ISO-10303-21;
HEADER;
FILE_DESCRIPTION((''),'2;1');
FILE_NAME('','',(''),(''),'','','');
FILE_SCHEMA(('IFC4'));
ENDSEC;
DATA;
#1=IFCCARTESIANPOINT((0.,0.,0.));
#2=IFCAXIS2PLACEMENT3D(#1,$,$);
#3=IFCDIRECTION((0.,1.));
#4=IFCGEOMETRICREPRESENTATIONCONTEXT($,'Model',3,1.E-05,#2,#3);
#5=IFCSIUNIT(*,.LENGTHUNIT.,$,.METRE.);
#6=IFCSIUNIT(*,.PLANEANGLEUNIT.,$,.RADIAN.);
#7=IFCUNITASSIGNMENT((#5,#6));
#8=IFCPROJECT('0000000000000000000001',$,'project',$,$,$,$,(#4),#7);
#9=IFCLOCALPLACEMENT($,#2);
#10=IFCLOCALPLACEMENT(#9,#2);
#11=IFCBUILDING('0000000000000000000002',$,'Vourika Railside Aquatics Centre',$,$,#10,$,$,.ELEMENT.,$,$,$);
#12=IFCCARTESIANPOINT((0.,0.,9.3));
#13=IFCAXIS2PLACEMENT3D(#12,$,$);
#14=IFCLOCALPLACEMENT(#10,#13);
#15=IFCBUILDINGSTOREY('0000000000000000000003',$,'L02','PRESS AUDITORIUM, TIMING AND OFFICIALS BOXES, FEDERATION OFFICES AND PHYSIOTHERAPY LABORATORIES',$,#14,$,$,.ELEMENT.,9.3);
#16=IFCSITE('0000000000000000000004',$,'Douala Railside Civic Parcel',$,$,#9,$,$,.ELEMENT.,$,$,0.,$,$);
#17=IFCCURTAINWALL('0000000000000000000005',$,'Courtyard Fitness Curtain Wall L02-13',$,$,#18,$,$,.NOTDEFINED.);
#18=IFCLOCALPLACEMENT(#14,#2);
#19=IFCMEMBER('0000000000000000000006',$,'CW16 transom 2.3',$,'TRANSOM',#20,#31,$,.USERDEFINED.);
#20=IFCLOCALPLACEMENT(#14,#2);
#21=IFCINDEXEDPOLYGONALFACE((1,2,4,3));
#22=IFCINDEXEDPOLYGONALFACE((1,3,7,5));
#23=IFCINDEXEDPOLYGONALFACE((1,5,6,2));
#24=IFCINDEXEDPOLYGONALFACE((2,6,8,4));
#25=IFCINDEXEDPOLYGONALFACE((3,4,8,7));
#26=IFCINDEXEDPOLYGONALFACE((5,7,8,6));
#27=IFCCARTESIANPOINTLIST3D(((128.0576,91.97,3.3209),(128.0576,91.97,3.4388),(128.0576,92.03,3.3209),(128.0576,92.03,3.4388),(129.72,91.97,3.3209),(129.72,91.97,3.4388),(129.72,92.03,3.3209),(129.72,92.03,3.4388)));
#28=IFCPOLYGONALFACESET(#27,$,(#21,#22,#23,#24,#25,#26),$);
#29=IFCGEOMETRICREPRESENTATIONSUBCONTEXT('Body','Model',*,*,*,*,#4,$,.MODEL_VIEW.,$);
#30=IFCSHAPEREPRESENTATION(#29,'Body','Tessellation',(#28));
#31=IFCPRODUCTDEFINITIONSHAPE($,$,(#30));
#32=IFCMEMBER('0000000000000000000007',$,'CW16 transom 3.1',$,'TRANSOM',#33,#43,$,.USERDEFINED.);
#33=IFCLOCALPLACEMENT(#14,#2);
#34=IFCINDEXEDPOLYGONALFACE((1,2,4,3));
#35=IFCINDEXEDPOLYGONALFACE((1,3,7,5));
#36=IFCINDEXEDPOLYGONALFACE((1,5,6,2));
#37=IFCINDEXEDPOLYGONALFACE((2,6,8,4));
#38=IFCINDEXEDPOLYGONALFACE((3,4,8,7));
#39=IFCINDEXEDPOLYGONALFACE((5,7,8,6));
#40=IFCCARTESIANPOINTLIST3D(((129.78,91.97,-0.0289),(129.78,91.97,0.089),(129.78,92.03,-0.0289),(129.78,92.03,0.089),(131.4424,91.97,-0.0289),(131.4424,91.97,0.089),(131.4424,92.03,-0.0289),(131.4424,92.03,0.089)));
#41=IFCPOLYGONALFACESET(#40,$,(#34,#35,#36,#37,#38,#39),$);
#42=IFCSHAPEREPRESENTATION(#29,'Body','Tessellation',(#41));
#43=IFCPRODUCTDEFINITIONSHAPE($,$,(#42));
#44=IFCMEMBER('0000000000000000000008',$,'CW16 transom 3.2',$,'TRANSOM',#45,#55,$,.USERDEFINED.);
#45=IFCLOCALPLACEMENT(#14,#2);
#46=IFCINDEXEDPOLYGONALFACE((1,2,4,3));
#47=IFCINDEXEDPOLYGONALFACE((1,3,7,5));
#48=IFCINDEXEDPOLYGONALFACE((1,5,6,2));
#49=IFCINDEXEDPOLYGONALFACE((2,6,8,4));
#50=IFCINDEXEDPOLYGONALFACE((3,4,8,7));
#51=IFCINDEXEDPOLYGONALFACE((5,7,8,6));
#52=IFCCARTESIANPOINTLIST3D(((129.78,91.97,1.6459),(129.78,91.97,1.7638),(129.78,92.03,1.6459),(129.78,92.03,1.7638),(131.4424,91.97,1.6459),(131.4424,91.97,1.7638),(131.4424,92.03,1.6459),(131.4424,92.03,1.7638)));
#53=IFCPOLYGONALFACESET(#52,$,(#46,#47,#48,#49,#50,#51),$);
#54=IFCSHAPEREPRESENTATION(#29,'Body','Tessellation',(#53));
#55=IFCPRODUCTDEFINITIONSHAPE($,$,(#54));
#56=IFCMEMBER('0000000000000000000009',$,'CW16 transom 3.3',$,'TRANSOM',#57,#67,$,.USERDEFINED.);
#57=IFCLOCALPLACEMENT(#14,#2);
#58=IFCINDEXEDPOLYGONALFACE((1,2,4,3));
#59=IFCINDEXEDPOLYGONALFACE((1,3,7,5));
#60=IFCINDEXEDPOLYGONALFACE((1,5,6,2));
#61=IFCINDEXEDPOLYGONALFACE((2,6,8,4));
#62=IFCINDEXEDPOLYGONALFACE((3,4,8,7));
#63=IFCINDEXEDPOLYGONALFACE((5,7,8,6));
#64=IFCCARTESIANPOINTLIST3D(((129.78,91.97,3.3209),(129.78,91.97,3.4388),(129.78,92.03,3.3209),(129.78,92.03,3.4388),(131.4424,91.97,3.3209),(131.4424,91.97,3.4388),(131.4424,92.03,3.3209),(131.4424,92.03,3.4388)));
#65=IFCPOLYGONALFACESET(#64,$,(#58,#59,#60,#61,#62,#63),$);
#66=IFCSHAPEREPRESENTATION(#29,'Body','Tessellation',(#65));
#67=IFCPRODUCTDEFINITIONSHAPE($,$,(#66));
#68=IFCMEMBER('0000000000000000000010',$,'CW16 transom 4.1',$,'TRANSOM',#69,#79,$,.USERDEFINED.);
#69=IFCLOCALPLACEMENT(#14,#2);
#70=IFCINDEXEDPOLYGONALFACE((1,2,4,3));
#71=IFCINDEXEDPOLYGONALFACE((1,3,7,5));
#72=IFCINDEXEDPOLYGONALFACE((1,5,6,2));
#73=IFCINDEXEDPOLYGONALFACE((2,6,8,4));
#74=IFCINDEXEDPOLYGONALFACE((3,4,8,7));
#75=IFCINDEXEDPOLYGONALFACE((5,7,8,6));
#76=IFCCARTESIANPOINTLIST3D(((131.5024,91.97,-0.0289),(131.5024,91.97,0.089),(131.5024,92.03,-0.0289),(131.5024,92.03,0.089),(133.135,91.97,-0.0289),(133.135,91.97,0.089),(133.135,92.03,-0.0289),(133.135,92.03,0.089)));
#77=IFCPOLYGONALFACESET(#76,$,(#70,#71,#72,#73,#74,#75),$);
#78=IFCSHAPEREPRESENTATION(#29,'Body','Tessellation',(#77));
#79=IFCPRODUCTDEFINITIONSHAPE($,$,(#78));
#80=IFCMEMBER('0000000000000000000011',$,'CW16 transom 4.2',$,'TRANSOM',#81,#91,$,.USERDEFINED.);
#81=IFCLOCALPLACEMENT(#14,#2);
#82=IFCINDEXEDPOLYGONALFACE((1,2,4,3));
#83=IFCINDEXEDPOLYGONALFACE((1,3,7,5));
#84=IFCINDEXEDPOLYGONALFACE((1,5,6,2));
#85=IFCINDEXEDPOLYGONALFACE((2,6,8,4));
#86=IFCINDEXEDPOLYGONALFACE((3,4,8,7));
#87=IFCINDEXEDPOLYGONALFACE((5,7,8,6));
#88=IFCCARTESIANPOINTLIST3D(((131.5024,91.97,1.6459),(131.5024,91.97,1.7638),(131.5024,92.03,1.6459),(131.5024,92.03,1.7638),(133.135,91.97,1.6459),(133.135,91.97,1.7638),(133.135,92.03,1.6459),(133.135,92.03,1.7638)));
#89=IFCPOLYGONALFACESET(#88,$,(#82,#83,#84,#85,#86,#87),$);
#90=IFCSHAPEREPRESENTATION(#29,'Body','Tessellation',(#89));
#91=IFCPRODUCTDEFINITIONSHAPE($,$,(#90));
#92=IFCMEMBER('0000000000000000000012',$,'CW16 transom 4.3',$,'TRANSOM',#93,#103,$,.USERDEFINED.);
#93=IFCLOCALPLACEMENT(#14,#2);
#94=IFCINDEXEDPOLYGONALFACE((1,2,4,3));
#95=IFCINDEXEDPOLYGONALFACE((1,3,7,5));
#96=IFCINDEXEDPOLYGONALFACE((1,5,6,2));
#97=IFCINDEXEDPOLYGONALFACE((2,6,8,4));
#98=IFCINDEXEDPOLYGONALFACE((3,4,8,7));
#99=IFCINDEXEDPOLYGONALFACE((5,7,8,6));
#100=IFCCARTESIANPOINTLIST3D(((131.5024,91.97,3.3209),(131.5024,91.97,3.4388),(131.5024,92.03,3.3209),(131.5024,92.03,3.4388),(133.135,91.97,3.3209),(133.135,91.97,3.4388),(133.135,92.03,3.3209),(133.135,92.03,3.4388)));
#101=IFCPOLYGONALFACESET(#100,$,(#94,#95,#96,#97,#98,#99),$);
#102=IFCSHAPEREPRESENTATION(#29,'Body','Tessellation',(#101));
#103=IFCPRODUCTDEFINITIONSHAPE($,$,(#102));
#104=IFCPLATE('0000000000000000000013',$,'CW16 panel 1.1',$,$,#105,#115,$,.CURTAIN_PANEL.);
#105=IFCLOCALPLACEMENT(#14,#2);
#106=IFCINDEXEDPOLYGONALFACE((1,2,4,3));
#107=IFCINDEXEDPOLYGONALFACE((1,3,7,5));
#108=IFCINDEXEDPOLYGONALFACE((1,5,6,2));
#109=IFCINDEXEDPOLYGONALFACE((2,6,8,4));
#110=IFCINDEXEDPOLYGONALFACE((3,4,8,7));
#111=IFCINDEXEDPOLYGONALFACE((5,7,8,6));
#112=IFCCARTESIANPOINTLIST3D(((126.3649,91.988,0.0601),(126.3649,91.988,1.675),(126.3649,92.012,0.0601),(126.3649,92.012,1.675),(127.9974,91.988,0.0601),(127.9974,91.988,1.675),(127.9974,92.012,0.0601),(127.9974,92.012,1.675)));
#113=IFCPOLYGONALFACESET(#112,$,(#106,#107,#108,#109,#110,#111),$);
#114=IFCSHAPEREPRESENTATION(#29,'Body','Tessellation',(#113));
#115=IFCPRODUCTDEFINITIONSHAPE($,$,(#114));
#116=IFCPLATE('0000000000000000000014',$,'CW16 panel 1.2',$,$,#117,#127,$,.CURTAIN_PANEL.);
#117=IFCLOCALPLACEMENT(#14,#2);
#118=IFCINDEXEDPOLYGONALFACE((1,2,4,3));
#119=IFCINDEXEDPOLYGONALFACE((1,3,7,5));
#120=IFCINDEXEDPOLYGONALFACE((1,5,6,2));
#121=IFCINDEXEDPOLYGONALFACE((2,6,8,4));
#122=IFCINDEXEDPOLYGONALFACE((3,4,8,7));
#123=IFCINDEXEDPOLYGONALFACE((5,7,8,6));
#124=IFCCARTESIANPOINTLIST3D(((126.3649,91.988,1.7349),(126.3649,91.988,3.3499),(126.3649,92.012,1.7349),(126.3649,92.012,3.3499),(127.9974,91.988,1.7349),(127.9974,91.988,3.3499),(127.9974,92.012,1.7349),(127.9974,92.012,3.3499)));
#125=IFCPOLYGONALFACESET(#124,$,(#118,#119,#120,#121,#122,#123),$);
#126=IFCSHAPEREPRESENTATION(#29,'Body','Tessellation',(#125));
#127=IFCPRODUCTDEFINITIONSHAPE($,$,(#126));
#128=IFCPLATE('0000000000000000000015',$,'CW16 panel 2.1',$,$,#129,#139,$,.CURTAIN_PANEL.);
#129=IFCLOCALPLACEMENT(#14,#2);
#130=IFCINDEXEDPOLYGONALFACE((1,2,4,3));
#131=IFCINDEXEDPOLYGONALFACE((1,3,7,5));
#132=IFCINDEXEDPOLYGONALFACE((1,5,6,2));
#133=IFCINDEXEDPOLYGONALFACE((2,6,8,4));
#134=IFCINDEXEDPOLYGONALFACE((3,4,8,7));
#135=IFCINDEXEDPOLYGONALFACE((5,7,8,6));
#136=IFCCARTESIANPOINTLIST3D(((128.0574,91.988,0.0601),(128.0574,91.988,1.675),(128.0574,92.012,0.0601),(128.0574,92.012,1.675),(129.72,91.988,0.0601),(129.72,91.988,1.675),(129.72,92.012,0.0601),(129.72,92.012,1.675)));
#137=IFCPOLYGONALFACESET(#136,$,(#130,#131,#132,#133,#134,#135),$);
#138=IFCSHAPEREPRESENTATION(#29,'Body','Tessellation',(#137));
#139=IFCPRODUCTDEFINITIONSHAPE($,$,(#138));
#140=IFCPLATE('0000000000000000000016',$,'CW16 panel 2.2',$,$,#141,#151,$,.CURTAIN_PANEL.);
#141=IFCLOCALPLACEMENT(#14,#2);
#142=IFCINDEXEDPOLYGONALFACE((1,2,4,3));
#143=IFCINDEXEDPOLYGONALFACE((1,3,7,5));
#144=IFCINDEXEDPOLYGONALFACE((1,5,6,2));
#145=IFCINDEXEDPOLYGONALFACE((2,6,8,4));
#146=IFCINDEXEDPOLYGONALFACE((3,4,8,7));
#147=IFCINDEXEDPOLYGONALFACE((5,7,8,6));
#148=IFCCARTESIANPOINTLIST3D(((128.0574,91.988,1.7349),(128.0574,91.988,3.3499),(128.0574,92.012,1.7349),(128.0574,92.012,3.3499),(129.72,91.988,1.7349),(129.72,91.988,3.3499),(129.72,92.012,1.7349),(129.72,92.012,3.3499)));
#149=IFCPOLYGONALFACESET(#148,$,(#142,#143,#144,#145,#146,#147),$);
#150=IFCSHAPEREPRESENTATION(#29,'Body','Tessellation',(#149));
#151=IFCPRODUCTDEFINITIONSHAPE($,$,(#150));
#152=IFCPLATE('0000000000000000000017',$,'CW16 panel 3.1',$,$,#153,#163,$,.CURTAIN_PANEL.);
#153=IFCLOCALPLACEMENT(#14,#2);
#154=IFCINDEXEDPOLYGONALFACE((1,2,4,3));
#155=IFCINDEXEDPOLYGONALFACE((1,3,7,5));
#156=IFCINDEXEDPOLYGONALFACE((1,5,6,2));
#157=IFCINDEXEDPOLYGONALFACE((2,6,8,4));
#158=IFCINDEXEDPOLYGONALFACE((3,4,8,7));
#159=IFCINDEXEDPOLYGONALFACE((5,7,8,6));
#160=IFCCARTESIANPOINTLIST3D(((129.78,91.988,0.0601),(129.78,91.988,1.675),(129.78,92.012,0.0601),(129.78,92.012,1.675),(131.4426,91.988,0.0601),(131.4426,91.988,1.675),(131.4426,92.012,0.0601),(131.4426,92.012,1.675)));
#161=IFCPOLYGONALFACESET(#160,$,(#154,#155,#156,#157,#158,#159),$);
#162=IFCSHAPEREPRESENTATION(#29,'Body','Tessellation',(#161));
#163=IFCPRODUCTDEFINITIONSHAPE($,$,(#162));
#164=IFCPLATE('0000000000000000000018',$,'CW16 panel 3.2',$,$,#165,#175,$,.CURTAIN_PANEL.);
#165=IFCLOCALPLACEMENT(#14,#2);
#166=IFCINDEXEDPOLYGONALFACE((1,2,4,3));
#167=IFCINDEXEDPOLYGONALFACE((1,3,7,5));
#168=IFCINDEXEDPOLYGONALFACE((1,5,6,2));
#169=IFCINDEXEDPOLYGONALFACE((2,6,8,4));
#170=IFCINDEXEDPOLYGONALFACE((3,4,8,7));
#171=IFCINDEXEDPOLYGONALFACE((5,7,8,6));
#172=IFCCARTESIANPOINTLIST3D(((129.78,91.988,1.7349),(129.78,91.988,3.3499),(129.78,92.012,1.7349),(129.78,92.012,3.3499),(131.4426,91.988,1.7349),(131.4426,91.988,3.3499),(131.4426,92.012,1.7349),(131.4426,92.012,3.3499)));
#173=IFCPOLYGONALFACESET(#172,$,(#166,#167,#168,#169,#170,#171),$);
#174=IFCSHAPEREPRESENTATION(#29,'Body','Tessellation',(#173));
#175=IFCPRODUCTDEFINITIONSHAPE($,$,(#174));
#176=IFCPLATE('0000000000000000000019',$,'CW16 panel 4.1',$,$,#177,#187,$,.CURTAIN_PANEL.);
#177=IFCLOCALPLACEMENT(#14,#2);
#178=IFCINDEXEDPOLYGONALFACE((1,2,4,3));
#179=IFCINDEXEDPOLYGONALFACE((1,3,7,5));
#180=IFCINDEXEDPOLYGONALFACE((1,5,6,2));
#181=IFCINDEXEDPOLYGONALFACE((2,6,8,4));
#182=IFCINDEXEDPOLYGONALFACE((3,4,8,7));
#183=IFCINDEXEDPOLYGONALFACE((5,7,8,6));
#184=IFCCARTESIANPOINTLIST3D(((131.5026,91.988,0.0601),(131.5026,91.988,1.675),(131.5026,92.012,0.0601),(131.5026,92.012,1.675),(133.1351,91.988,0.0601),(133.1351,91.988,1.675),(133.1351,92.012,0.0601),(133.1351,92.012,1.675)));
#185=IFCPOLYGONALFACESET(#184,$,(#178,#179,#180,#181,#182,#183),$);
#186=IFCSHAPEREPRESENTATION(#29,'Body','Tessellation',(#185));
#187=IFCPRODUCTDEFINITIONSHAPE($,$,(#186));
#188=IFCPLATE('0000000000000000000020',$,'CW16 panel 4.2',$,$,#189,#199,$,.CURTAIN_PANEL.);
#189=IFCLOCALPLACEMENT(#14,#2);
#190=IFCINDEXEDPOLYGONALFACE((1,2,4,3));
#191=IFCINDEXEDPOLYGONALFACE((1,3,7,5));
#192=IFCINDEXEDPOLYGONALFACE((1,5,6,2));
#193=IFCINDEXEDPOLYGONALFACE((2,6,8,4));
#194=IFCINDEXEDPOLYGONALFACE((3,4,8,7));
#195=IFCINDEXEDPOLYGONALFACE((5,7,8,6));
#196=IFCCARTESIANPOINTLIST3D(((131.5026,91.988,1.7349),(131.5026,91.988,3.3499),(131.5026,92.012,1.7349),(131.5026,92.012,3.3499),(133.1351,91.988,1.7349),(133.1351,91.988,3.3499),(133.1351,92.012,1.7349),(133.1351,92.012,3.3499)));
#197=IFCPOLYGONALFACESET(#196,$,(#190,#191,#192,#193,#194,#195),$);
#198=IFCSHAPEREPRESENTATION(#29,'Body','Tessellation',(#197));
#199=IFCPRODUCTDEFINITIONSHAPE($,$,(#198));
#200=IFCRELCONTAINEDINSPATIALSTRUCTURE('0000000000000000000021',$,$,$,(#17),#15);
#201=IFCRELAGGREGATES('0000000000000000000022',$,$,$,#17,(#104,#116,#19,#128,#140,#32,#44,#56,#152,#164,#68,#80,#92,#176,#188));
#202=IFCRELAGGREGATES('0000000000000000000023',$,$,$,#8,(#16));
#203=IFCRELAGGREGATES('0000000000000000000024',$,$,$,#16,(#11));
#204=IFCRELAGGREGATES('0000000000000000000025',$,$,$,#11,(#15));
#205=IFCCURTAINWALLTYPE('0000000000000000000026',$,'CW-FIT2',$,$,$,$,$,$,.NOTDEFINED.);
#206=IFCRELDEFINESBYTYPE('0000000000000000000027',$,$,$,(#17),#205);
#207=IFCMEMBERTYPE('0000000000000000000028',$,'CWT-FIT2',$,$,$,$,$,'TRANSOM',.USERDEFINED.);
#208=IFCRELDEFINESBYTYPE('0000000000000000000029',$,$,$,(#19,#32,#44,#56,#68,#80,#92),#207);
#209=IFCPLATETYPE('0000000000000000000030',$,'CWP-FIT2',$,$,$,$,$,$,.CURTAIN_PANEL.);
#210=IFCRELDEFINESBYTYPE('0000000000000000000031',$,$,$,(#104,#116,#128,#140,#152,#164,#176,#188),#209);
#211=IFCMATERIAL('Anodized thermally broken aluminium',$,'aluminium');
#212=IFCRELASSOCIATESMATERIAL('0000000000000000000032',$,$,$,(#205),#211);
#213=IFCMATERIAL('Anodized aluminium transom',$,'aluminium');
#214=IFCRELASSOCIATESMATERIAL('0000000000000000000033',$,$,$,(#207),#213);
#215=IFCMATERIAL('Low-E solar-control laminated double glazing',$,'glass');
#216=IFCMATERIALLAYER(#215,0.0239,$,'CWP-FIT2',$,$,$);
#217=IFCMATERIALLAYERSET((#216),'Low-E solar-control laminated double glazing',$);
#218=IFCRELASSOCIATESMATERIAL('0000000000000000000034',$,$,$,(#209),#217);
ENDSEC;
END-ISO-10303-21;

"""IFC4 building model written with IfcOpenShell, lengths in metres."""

from ifc_helpers import new_model, si_unit, direction, frame, origin, origin_2d, place, context, subcontext, project, spatial, rectangle, extrude, material, layer, layer_set, material_profile, profile_set, type_object, element, aggregate, save


model = new_model("IFC4")

# Units and contexts
model_context = context("Model", 3, precision=1e-05, world=origin(), true_north=direction((0.0, 1.0)))
body_context = subcontext(model_context, "Body", "Model", "MODEL_VIEW")
ifc_project = project(units=[si_unit("LENGTHUNIT", "METRE"), si_unit("PLANEANGLEUNIT", "RADIAN")], contexts=[model_context])

# Site, building, storey
site_placement = place(None, origin())
site = spatial("IfcSite", under=ifc_project, at=site_placement, Name="Douala Railside Civic Parcel", CompositionType="ELEMENT", RefElevation=0.0)
building_placement = place(site_placement, origin())
building = spatial("IfcBuilding", under=site, at=building_placement, Name="Vourika Railside Aquatics Centre", CompositionType="ELEMENT")
storey_placement = place(building_placement, frame((0.0, 0.0, 9.3)))
storey = spatial("IfcBuildingStorey", under=building, at=storey_placement, Name="L02", Description="PRESS AUDITORIUM, TIMING AND OFFICIALS BOXES, FEDERATION OFFICES AND PHYSIOTHERAPY LABORATORIES", CompositionType="ELEMENT", Elevation=9.3)

# Curtain wall, members, plates
ifc_material_1 = material(Name="Anodized thermally broken aluminium", Category="aluminium")
curtain_wall_type = type_object("IfcCurtainWallType", Name="CW-FIT2", PredefinedType="NOTDEFINED", material=ifc_material_1)
curtain_wall_placement = place(storey_placement, origin())
curtain_wall = element("IfcCurtainWall", 1, at=curtain_wall_placement, inside=storey, type_object=curtain_wall_type, Name="Courtyard Fitness Curtain Wall L02-13", PredefinedType="NOTDEFINED")
ifc_material_2 = material(Name="Anodized aluminium transom", Category="aluminium")
ifc_material_profile_1 = material_profile(ifc_material_2, rectangle(XDim=0.0601, YDim=0.1179, at=origin_2d()), Name="ALU-T 60x118")
ifc_profile_set_1 = profile_set([ifc_material_profile_1], Name="Anodized aluminium transom")
member_type_1 = type_object("IfcMemberType", Name="CWT-FIT2", ElementType="TRANSOM", PredefinedType="USERDEFINED", material=ifc_profile_set_1)
member_1_placement = place(storey_placement, frame((128.0576, 92.0, 3.3799), z_axis=(1.0, 0.0, 0.0), x_axis=(0.0, 1.0, 0.0)))
member_1 = element("IfcMember", 2, at=member_1_placement, type_object=member_type_1, Name="CW16 transom 2.3", ObjectType="TRANSOM", PredefinedType="USERDEFINED", context=body_context, shape_type="SweptSolid", body=[
    extrude(rectangle(XDim=0.0601, YDim=0.1179, at=origin_2d()), origin(), (0.0, 0.0, 1.0), 1.6624),
])
member_2_placement = place(storey_placement, frame((129.78, 92.0, 0.03), z_axis=(1.0, 0.0, 0.0), x_axis=(0.0, 1.0, 0.0)))
member_2 = element("IfcMember", 3, at=member_2_placement, type_object=member_type_1, Name="CW16 transom 3.1", ObjectType="TRANSOM", PredefinedType="USERDEFINED", context=body_context, shape_type="SweptSolid", body=[
    extrude(rectangle(XDim=0.0601, YDim=0.1179, at=origin_2d()), origin(), (0.0, 0.0, 1.0), 1.6624),
])
member_3_placement = place(storey_placement, frame((129.78, 92.0, 1.7048), z_axis=(1.0, 0.0, 0.0), x_axis=(0.0, 1.0, 0.0)))
member_3 = element("IfcMember", 4, at=member_3_placement, type_object=member_type_1, Name="CW16 transom 3.2", ObjectType="TRANSOM", PredefinedType="USERDEFINED", context=body_context, shape_type="SweptSolid", body=[
    extrude(rectangle(XDim=0.0601, YDim=0.1179, at=origin_2d()), origin(), (0.0, 0.0, 1.0), 1.6624),
])
member_4_placement = place(storey_placement, frame((129.78, 92.0, 3.3799), z_axis=(1.0, 0.0, 0.0), x_axis=(0.0, 1.0, 0.0)))
member_4 = element("IfcMember", 5, at=member_4_placement, type_object=member_type_1, Name="CW16 transom 3.3", ObjectType="TRANSOM", PredefinedType="USERDEFINED", context=body_context, shape_type="SweptSolid", body=[
    extrude(rectangle(XDim=0.0601, YDim=0.1179, at=origin_2d()), origin(), (0.0, 0.0, 1.0), 1.6624),
])
member_5_placement = place(storey_placement, frame((131.5024, 92.0, 0.03), z_axis=(1.0, 0.0, 0.0), x_axis=(0.0, 1.0, 0.0)))
member_5 = element("IfcMember", 6, at=member_5_placement, type_object=member_type_1, Name="CW16 transom 4.1", ObjectType="TRANSOM", PredefinedType="USERDEFINED", context=body_context, shape_type="SweptSolid", body=[
    extrude(rectangle(XDim=0.0601, YDim=0.1179, at=origin_2d()), origin(), (0.0, 0.0, 1.0), 1.6326),
])
member_6_placement = place(storey_placement, frame((131.5024, 92.0, 1.7048), z_axis=(1.0, 0.0, 0.0), x_axis=(0.0, 1.0, 0.0)))
member_6 = element("IfcMember", 7, at=member_6_placement, type_object=member_type_1, Name="CW16 transom 4.2", ObjectType="TRANSOM", PredefinedType="USERDEFINED", context=body_context, shape_type="SweptSolid", body=[
    extrude(rectangle(XDim=0.0601, YDim=0.1179, at=origin_2d()), origin(), (0.0, 0.0, 1.0), 1.6326),
])
member_7_placement = place(storey_placement, frame((131.5024, 92.0, 3.3799), z_axis=(1.0, 0.0, 0.0), x_axis=(0.0, 1.0, 0.0)))
member_7 = element("IfcMember", 8, at=member_7_placement, type_object=member_type_1, Name="CW16 transom 4.3", ObjectType="TRANSOM", PredefinedType="USERDEFINED", context=body_context, shape_type="SweptSolid", body=[
    extrude(rectangle(XDim=0.0601, YDim=0.1179, at=origin_2d()), origin(), (0.0, 0.0, 1.0), 1.6326),
])
ifc_material_3 = material(Name="Low-E solar-control laminated double glazing", Category="glass")
ifc_layer_1 = layer(ifc_material_3, 0.0239, Name="CWP-FIT2")
ifc_layer_set_1 = layer_set([ifc_layer_1], Name="Low-E solar-control laminated double glazing")
plate_type = type_object("IfcPlateType", Name="CWP-FIT2", PredefinedType="CURTAIN_PANEL", material=ifc_layer_set_1)
plate_1_placement = place(storey_placement, frame((127.1812, 92.0, 0.0601), z_axis=(0.0, 0.0, 1.0), x_axis=(1.0, 0.0, 0.0)))
plate_1 = element("IfcPlate", 9, at=plate_1_placement, type_object=plate_type, Name="CW16 panel 1.1", PredefinedType="CURTAIN_PANEL", context=body_context, shape_type="SweptSolid", body=[
    extrude(rectangle(XDim=1.6326, YDim=0.0239, at=origin_2d()), origin(), (0.0, 0.0, 1.0), 1.615),
])
plate_2_placement = place(storey_placement, frame((127.1812, 92.0, 1.7349), z_axis=(0.0, 0.0, 1.0), x_axis=(1.0, 0.0, 0.0)))
plate_2 = element("IfcPlate", 10, at=plate_2_placement, type_object=plate_type, Name="CW16 panel 1.2", PredefinedType="CURTAIN_PANEL", context=body_context, shape_type="SweptSolid", body=[
    extrude(rectangle(XDim=1.6326, YDim=0.0239, at=origin_2d()), origin(), (0.0, 0.0, 1.0), 1.615),
])
plate_3_placement = place(storey_placement, frame((128.8887, 92.0, 0.0601), z_axis=(0.0, 0.0, 1.0), x_axis=(1.0, 0.0, 0.0)))
plate_3 = element("IfcPlate", 11, at=plate_3_placement, type_object=plate_type, Name="CW16 panel 2.1", PredefinedType="CURTAIN_PANEL", context=body_context, shape_type="SweptSolid", body=[
    extrude(rectangle(XDim=1.6626, YDim=0.0239, at=origin_2d()), origin(), (0.0, 0.0, 1.0), 1.615),
])
plate_4_placement = place(storey_placement, frame((128.8887, 92.0, 1.7349), z_axis=(0.0, 0.0, 1.0), x_axis=(1.0, 0.0, 0.0)))
plate_4 = element("IfcPlate", 12, at=plate_4_placement, type_object=plate_type, Name="CW16 panel 2.2", PredefinedType="CURTAIN_PANEL", context=body_context, shape_type="SweptSolid", body=[
    extrude(rectangle(XDim=1.6626, YDim=0.0239, at=origin_2d()), origin(), (0.0, 0.0, 1.0), 1.615),
])
plate_5_placement = place(storey_placement, frame((130.6113, 92.0, 0.0601), z_axis=(0.0, 0.0, 1.0), x_axis=(1.0, 0.0, 0.0)))
plate_5 = element("IfcPlate", 13, at=plate_5_placement, type_object=plate_type, Name="CW16 panel 3.1", PredefinedType="CURTAIN_PANEL", context=body_context, shape_type="SweptSolid", body=[
    extrude(rectangle(XDim=1.6626, YDim=0.0239, at=origin_2d()), origin(), (0.0, 0.0, 1.0), 1.615),
])
plate_6_placement = place(storey_placement, frame((130.6113, 92.0, 1.7349), z_axis=(0.0, 0.0, 1.0), x_axis=(1.0, 0.0, 0.0)))
plate_6 = element("IfcPlate", 14, at=plate_6_placement, type_object=plate_type, Name="CW16 panel 3.2", PredefinedType="CURTAIN_PANEL", context=body_context, shape_type="SweptSolid", body=[
    extrude(rectangle(XDim=1.6626, YDim=0.0239, at=origin_2d()), origin(), (0.0, 0.0, 1.0), 1.615),
])
plate_7_placement = place(storey_placement, frame((132.3188, 92.0, 0.0601), z_axis=(0.0, 0.0, 1.0), x_axis=(1.0, 0.0, 0.0)))
plate_7 = element("IfcPlate", 15, at=plate_7_placement, type_object=plate_type, Name="CW16 panel 4.1", PredefinedType="CURTAIN_PANEL", context=body_context, shape_type="SweptSolid", body=[
    extrude(rectangle(XDim=1.6326, YDim=0.0239, at=origin_2d()), origin(), (0.0, 0.0, 1.0), 1.615),
])
plate_8_placement = place(storey_placement, frame((132.3188, 92.0, 1.7349), z_axis=(0.0, 0.0, 1.0), x_axis=(1.0, 0.0, 0.0)))
plate_8 = element("IfcPlate", 16, at=plate_8_placement, type_object=plate_type, Name="CW16 panel 4.2", PredefinedType="CURTAIN_PANEL", context=body_context, shape_type="SweptSolid", body=[
    extrude(rectangle(XDim=1.6326, YDim=0.0239, at=origin_2d()), origin(), (0.0, 0.0, 1.0), 1.615),
])
aggregate(curtain_wall, [plate_1, plate_2, member_1, plate_3, plate_4, member_2, member_3, member_4, plate_5, plate_6, member_5, member_6, member_7, plate_7, plate_8])

save(model, "model.ifc")
